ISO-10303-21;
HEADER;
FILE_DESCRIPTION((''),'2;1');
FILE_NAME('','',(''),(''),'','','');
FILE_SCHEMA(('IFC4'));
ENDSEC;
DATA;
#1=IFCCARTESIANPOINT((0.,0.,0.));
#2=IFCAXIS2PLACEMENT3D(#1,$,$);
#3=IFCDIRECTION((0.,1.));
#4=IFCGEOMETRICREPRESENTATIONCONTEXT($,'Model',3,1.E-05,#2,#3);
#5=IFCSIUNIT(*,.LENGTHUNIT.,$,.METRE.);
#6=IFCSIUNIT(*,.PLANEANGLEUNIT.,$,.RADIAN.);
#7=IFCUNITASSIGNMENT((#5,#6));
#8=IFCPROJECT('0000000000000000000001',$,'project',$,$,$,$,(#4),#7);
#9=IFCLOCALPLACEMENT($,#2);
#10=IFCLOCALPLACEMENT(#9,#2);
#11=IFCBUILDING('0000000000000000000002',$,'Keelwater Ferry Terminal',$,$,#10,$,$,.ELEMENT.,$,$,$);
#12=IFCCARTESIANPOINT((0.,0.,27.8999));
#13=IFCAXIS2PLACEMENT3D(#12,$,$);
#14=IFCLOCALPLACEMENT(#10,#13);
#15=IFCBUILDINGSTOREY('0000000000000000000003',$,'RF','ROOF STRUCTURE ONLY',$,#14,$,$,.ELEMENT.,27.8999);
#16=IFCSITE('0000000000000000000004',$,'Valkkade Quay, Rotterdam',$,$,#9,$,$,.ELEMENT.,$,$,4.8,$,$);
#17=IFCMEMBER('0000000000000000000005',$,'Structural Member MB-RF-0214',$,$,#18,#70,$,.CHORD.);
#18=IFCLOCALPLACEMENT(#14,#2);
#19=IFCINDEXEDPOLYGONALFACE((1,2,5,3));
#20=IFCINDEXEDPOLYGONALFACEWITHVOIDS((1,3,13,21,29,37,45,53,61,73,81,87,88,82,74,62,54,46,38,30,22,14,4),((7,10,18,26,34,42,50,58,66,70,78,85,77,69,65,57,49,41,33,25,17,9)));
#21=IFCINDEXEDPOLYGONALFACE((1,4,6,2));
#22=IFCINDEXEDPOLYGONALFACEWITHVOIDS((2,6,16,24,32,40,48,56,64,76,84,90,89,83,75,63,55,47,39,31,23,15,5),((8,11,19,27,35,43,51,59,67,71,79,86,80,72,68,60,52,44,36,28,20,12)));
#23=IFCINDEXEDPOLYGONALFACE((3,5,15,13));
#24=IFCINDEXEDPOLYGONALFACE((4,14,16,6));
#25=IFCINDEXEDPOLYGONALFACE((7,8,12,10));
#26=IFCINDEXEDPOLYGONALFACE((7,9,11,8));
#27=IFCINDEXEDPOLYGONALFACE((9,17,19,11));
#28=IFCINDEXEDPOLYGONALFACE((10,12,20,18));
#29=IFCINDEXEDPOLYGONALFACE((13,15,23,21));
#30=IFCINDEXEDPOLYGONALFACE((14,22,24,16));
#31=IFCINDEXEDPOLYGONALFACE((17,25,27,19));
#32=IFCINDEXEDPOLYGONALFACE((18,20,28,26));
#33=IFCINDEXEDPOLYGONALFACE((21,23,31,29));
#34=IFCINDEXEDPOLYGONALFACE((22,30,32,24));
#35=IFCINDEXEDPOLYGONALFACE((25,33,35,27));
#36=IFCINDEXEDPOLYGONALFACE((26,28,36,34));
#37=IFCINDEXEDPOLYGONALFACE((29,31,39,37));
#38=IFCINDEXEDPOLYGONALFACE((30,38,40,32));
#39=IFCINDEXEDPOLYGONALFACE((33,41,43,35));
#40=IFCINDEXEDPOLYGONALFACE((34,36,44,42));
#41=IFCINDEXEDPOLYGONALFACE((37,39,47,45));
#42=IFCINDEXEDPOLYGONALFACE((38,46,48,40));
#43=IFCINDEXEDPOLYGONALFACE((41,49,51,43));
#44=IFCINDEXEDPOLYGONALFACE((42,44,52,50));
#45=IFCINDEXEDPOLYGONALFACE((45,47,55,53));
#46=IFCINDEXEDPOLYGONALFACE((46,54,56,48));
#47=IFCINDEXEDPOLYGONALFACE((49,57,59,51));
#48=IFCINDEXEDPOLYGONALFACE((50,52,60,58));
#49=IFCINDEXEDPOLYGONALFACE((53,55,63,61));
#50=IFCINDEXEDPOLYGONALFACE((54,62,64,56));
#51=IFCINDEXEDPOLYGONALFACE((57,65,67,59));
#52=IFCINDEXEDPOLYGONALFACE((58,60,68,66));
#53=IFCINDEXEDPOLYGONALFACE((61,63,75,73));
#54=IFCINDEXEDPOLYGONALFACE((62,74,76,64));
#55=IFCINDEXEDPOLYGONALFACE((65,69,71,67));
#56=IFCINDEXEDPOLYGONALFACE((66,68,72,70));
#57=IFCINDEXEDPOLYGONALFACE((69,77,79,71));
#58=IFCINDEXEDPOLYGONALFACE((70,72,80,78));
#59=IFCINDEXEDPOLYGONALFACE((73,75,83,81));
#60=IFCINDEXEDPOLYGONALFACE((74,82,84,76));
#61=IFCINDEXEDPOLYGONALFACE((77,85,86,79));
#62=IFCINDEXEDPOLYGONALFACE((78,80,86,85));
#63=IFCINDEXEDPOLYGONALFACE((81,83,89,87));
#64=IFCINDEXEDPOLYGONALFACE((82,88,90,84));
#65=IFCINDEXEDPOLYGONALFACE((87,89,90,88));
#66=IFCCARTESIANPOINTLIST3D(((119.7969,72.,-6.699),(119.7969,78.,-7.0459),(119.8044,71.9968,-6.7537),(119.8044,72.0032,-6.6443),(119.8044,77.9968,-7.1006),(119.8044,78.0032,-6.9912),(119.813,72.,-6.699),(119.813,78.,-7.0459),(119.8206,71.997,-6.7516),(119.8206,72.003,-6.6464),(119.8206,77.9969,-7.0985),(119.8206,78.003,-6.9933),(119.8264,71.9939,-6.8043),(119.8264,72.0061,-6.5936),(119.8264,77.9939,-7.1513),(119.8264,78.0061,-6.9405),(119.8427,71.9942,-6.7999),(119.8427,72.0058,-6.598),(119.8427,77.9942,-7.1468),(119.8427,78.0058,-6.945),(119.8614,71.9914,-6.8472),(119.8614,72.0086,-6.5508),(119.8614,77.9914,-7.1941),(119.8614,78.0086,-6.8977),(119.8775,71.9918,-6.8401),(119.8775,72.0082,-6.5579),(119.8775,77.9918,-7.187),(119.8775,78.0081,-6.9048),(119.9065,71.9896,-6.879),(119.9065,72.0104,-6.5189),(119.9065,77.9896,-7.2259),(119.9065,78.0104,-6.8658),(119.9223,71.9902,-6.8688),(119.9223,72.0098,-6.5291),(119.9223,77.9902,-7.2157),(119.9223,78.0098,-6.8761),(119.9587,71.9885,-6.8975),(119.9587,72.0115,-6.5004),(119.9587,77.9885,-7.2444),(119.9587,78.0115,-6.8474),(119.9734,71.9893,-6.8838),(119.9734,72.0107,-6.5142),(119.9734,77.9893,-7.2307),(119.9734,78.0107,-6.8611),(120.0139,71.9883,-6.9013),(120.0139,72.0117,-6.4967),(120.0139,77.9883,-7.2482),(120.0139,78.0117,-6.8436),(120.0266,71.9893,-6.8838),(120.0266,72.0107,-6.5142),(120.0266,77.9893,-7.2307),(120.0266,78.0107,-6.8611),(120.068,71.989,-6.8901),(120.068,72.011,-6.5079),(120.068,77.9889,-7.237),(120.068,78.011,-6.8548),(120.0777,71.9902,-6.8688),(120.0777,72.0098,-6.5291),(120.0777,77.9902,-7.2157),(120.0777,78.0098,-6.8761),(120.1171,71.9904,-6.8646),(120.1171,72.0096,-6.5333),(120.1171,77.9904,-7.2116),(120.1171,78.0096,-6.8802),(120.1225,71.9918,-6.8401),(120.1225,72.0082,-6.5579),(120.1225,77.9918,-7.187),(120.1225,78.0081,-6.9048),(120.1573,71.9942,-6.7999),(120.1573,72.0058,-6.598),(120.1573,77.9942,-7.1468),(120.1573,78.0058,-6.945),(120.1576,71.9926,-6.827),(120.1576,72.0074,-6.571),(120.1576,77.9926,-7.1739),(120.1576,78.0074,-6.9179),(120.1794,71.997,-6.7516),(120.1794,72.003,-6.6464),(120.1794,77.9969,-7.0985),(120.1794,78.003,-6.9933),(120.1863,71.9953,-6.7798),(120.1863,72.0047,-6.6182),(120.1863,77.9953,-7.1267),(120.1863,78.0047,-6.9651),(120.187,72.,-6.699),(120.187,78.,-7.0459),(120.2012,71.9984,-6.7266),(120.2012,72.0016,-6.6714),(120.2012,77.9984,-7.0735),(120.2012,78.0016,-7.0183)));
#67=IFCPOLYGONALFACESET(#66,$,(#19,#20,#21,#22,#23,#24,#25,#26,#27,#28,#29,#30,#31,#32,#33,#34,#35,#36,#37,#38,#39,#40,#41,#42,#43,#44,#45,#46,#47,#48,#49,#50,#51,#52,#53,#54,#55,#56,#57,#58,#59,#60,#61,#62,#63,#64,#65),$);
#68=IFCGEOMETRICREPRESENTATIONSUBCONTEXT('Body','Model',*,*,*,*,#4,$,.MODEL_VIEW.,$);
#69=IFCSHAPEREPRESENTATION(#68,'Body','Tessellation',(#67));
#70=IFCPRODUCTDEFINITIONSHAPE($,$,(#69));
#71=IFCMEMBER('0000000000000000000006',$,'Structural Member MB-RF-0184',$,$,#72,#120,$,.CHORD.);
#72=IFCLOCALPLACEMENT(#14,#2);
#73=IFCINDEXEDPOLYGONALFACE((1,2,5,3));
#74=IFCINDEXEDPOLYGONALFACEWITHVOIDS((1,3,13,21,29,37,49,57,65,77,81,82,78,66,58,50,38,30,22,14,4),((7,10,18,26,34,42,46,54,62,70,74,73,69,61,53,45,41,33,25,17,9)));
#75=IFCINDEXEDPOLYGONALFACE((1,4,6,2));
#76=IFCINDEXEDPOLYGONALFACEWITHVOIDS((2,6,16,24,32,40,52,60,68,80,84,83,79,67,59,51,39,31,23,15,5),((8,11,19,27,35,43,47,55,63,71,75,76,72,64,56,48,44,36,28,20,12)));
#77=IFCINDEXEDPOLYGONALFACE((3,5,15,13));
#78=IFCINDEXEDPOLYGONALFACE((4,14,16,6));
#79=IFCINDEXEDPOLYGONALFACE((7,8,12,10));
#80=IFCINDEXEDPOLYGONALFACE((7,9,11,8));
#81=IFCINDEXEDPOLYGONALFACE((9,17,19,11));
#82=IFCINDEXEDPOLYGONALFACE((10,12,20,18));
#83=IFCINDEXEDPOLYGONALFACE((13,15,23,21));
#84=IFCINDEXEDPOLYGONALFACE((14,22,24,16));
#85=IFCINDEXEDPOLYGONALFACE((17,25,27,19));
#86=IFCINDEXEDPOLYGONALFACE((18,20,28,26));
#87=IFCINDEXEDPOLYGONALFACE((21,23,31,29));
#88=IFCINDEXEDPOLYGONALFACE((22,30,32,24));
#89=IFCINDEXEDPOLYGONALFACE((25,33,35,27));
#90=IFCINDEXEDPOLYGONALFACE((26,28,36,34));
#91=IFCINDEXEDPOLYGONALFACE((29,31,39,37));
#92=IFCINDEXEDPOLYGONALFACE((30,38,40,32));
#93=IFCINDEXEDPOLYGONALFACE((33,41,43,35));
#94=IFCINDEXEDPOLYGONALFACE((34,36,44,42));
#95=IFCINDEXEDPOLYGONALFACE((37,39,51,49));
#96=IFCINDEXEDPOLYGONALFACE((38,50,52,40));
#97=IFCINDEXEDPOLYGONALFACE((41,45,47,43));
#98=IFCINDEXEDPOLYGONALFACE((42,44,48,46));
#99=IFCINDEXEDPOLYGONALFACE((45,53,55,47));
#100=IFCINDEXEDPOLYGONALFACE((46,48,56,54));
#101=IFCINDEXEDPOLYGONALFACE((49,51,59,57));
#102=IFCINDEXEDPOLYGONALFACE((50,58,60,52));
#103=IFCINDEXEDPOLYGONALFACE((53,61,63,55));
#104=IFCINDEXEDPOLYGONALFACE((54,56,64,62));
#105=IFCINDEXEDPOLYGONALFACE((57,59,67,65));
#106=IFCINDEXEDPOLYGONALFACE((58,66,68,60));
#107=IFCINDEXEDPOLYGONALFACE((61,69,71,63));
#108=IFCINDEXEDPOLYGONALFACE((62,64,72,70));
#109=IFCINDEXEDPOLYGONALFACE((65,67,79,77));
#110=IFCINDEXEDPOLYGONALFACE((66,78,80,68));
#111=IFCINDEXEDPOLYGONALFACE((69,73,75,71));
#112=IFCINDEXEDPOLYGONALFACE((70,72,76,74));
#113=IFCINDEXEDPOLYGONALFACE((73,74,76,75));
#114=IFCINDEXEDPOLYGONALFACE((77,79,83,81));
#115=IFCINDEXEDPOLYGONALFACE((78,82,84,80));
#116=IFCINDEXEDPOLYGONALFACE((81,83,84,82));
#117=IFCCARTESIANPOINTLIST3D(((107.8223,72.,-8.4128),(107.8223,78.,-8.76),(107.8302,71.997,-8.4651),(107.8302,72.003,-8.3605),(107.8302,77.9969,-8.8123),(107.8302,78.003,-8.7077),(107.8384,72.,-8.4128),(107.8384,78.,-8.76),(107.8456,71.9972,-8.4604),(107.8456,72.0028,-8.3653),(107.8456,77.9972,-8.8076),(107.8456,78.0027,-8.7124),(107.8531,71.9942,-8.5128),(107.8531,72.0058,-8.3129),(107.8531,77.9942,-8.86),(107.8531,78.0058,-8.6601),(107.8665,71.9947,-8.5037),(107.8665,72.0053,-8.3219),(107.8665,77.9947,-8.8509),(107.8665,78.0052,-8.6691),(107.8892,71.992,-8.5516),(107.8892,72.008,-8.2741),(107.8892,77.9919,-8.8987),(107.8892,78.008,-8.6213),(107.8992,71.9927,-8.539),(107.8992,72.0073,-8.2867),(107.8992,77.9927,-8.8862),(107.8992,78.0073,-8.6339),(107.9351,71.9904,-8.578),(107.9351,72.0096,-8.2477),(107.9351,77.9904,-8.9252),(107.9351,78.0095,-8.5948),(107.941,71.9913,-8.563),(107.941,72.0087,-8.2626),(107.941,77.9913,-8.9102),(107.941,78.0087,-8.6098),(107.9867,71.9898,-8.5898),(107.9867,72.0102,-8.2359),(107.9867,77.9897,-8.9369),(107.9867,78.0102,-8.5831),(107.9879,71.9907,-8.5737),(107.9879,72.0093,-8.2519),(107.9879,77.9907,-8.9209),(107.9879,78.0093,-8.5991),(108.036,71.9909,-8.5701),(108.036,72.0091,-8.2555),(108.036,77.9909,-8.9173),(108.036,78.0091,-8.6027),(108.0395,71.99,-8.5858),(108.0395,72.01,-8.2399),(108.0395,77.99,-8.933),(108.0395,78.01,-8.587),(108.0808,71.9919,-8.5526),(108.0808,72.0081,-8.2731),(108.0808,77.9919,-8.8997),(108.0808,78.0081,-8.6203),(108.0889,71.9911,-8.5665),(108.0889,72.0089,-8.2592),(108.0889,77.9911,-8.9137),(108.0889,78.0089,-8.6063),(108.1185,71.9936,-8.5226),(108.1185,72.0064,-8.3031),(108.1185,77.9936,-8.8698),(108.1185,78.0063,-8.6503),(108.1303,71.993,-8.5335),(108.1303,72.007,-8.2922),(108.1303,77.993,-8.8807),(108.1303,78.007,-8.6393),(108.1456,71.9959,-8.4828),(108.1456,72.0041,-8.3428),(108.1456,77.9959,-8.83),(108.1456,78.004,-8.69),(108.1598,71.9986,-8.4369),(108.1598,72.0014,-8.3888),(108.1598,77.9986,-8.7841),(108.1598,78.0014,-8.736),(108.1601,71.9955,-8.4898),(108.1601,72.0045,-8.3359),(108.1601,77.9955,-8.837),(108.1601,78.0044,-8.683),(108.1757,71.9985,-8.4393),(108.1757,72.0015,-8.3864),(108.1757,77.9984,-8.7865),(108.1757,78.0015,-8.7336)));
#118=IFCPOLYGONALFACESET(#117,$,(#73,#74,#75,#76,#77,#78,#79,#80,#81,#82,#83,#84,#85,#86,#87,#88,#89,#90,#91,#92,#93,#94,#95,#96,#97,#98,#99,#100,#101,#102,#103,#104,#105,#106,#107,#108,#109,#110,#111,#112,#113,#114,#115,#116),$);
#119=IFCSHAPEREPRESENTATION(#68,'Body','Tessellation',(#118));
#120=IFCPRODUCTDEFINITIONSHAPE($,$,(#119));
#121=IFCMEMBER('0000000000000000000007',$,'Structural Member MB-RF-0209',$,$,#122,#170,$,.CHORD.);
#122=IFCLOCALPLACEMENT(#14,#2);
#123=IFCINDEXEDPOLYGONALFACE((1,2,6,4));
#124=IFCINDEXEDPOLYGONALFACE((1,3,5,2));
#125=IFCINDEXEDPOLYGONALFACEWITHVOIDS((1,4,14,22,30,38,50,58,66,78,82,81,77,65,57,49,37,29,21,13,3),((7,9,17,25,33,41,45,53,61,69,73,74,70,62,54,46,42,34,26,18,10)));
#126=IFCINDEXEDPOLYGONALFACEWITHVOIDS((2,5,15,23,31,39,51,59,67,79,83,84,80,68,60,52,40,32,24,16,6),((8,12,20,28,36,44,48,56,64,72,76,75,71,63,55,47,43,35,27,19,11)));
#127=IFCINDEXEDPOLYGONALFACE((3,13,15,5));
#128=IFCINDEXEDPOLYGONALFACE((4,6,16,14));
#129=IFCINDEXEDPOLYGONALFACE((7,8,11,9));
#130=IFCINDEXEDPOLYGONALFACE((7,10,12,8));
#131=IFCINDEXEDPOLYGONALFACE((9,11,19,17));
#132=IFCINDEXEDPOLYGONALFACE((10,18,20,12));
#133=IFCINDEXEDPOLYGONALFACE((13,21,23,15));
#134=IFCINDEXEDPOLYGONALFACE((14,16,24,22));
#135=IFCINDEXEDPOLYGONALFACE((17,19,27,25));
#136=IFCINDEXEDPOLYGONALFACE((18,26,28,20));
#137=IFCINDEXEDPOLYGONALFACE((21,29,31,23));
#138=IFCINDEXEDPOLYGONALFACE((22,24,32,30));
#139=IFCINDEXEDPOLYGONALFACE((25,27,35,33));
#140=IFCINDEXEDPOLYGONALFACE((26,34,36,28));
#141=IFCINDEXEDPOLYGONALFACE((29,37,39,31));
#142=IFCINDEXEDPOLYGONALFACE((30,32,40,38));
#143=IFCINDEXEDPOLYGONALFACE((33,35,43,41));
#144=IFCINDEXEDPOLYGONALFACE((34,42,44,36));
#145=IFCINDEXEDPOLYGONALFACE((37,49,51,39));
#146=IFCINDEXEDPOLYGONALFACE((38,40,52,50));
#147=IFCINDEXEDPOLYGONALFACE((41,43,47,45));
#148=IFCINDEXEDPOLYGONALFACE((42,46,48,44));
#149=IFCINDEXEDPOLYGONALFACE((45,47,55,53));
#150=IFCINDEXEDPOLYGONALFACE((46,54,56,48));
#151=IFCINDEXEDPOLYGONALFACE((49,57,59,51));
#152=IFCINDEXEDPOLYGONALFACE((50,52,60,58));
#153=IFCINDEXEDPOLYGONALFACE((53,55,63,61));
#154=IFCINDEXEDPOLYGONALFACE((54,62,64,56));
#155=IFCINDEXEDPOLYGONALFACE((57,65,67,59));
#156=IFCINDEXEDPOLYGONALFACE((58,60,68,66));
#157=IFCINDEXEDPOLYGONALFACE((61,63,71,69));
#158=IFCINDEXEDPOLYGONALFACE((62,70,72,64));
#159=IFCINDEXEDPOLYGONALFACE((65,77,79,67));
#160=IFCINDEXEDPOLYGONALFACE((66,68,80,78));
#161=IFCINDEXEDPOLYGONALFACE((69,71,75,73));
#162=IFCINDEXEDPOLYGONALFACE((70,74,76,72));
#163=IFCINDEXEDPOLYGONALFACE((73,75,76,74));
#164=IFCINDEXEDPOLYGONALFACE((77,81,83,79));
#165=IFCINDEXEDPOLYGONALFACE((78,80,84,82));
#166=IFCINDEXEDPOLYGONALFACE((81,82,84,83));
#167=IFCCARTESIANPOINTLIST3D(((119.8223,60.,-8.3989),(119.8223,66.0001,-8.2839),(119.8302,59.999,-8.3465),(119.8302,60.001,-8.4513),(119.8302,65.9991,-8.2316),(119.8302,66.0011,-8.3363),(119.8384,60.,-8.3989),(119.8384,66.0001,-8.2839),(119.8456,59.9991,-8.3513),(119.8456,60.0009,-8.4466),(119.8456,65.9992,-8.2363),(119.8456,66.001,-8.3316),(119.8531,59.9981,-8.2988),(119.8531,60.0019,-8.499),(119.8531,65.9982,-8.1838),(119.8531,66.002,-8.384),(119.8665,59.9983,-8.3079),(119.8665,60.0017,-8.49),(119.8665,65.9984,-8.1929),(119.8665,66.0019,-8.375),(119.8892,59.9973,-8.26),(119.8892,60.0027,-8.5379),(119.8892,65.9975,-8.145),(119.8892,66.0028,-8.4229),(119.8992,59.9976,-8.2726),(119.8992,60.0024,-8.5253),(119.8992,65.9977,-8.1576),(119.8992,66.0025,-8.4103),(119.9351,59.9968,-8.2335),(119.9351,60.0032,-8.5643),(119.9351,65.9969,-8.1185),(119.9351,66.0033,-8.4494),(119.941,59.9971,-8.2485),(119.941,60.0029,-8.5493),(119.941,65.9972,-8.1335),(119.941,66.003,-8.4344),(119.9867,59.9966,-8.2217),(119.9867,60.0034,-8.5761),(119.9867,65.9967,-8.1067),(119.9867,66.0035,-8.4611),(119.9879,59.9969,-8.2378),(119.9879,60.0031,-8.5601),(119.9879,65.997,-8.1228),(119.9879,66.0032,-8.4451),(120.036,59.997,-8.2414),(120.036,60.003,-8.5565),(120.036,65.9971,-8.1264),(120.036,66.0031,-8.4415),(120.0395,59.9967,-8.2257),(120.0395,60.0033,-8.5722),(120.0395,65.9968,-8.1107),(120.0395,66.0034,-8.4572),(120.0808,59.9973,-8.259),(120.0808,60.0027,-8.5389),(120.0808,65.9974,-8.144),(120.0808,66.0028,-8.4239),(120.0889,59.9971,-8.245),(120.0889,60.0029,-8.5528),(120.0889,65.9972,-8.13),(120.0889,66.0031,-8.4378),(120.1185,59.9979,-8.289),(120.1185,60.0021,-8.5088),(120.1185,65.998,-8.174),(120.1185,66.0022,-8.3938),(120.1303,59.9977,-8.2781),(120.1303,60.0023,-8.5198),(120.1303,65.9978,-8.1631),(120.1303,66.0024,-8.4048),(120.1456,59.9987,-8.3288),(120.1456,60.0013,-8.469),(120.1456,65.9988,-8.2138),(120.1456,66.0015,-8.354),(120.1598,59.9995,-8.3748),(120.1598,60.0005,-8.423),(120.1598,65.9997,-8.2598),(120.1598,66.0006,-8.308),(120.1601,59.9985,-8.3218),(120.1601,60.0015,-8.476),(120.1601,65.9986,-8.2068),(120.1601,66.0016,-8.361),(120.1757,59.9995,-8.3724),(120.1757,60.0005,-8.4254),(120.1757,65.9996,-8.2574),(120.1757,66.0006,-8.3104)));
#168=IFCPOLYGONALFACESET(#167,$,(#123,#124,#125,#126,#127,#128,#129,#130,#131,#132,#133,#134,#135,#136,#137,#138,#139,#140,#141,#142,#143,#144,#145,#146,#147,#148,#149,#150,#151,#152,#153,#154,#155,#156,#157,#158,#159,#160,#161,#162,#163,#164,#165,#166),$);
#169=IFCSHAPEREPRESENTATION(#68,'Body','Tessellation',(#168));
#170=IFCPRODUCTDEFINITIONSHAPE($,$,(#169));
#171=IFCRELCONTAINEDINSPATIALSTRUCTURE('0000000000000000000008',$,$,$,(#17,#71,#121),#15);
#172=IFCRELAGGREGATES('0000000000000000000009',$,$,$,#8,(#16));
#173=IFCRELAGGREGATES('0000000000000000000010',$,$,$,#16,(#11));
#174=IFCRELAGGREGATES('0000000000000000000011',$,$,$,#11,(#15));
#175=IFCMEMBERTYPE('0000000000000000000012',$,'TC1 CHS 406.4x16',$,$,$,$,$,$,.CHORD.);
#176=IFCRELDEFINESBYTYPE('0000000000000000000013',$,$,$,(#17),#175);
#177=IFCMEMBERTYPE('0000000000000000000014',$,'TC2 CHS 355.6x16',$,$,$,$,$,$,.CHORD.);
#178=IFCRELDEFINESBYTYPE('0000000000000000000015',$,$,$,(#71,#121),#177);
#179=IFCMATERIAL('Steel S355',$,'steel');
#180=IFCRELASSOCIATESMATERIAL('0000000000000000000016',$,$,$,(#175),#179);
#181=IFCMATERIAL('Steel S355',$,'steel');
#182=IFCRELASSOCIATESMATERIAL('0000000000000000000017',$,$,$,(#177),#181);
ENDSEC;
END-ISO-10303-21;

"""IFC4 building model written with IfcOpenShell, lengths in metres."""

from ifc_helpers import new_model, si_unit, direction, frame, origin, origin_2d, place, context, subcontext, project, spatial, hollow_circle, extrude, material, material_profile, profile_set, type_object, element, save


model = new_model("IFC4")

# Units and contexts
model_context = context("Model", 3, precision=1e-05, world=origin(), true_north=direction((0.0, 1.0)))
body_context = subcontext(model_context, "Body", "Model", "MODEL_VIEW")
ifc_project = project(units=[si_unit("LENGTHUNIT", "METRE"), si_unit("PLANEANGLEUNIT", "RADIAN")], contexts=[model_context])

# Site, building, storey
site_placement = place(None, origin())
site = spatial("IfcSite", under=ifc_project, at=site_placement, Name="Valkkade Quay, Rotterdam", CompositionType="ELEMENT", RefElevation=4.8)
building_placement = place(site_placement, origin())
building = spatial("IfcBuilding", under=site, at=building_placement, Name="Keelwater Ferry Terminal", CompositionType="ELEMENT")
storey_placement = place(building_placement, frame((0.0, 0.0, 27.8999)))
storey = spatial("IfcBuildingStorey", under=building, at=storey_placement, Name="RF", Description="ROOF STRUCTURE ONLY", CompositionType="ELEMENT", Elevation=27.8999)

# Members
ifc_material_1 = material(Name="Steel S355", Category="steel")
ifc_material_profile_1 = material_profile(ifc_material_1, hollow_circle(Radius=0.2031, WallThickness=0.0161, at=origin_2d()), Name="CHS 406.4x16")
ifc_profile_set_1 = profile_set([ifc_material_profile_1], Name="Steel S355")
member_type_1 = type_object("IfcMemberType", Name="TC1 CHS 406.4x16", PredefinedType="CHORD", material=ifc_profile_set_1)
member_1_placement = place(storey_placement, frame((120.0, 72.0, -6.699), z_axis=(0.0, 0.998333, -0.057724), x_axis=(-1.0, 0.0, 0.0)))
element("IfcMember", 1, at=member_1_placement, inside=storey, type_object=member_type_1, Name="Structural Member MB-RF-0214", PredefinedType="CHORD", context=body_context, shape_type="SweptSolid", body=[
    extrude(hollow_circle(Radius=0.2031, WallThickness=0.0161, at=origin_2d()), origin(), (0.0, 0.0, 1.0), 6.01),
])
ifc_material_2 = material(Name="Steel S355", Category="steel")
ifc_material_profile_2 = material_profile(ifc_material_2, hollow_circle(Radius=0.1777, WallThickness=0.0161, at=origin_2d()), Name="CHS 355.6x16")
ifc_profile_set_2 = profile_set([ifc_material_profile_2], Name="Steel S355")
member_type_2 = type_object("IfcMemberType", Name="TC2 CHS 355.6x16", PredefinedType="CHORD", material=ifc_profile_set_2)
member_2_placement = place(storey_placement, frame((108.0, 72.0, -8.4128), z_axis=(0.0, 0.99833, -0.057765), x_axis=(-1.0, 0.0, 0.0)))
element("IfcMember", 2, at=member_2_placement, inside=storey, type_object=member_type_2, Name="Structural Member MB-RF-0184", PredefinedType="CHORD", context=body_context, shape_type="SweptSolid", body=[
    extrude(hollow_circle(Radius=0.1777, WallThickness=0.0161, at=origin_2d()), origin(), (0.0, 0.0, 1.0), 6.01),
])
for number, where, z_axis, x_axis, name in (
    (3, (120.0, 60.0, -8.3989), (0.0, 0.999816, 0.019162), (-1.0, 0.0, 0.0), "Structural Member MB-RF-0209"),
):
    element("IfcMember", number, at=place(storey_placement, frame(where, z_axis=z_axis, x_axis=x_axis)), inside=storey, type_object=member_type_2, Name=name, PredefinedType="CHORD", context=body_context, shape_type="SweptSolid", body=[
        extrude(hollow_circle(Radius=0.1777, WallThickness=0.0161, at=origin_2d()), origin(), (0.0, 0.0, 1.0), 6.0012),
    ])

save(model, "model.ifc")
